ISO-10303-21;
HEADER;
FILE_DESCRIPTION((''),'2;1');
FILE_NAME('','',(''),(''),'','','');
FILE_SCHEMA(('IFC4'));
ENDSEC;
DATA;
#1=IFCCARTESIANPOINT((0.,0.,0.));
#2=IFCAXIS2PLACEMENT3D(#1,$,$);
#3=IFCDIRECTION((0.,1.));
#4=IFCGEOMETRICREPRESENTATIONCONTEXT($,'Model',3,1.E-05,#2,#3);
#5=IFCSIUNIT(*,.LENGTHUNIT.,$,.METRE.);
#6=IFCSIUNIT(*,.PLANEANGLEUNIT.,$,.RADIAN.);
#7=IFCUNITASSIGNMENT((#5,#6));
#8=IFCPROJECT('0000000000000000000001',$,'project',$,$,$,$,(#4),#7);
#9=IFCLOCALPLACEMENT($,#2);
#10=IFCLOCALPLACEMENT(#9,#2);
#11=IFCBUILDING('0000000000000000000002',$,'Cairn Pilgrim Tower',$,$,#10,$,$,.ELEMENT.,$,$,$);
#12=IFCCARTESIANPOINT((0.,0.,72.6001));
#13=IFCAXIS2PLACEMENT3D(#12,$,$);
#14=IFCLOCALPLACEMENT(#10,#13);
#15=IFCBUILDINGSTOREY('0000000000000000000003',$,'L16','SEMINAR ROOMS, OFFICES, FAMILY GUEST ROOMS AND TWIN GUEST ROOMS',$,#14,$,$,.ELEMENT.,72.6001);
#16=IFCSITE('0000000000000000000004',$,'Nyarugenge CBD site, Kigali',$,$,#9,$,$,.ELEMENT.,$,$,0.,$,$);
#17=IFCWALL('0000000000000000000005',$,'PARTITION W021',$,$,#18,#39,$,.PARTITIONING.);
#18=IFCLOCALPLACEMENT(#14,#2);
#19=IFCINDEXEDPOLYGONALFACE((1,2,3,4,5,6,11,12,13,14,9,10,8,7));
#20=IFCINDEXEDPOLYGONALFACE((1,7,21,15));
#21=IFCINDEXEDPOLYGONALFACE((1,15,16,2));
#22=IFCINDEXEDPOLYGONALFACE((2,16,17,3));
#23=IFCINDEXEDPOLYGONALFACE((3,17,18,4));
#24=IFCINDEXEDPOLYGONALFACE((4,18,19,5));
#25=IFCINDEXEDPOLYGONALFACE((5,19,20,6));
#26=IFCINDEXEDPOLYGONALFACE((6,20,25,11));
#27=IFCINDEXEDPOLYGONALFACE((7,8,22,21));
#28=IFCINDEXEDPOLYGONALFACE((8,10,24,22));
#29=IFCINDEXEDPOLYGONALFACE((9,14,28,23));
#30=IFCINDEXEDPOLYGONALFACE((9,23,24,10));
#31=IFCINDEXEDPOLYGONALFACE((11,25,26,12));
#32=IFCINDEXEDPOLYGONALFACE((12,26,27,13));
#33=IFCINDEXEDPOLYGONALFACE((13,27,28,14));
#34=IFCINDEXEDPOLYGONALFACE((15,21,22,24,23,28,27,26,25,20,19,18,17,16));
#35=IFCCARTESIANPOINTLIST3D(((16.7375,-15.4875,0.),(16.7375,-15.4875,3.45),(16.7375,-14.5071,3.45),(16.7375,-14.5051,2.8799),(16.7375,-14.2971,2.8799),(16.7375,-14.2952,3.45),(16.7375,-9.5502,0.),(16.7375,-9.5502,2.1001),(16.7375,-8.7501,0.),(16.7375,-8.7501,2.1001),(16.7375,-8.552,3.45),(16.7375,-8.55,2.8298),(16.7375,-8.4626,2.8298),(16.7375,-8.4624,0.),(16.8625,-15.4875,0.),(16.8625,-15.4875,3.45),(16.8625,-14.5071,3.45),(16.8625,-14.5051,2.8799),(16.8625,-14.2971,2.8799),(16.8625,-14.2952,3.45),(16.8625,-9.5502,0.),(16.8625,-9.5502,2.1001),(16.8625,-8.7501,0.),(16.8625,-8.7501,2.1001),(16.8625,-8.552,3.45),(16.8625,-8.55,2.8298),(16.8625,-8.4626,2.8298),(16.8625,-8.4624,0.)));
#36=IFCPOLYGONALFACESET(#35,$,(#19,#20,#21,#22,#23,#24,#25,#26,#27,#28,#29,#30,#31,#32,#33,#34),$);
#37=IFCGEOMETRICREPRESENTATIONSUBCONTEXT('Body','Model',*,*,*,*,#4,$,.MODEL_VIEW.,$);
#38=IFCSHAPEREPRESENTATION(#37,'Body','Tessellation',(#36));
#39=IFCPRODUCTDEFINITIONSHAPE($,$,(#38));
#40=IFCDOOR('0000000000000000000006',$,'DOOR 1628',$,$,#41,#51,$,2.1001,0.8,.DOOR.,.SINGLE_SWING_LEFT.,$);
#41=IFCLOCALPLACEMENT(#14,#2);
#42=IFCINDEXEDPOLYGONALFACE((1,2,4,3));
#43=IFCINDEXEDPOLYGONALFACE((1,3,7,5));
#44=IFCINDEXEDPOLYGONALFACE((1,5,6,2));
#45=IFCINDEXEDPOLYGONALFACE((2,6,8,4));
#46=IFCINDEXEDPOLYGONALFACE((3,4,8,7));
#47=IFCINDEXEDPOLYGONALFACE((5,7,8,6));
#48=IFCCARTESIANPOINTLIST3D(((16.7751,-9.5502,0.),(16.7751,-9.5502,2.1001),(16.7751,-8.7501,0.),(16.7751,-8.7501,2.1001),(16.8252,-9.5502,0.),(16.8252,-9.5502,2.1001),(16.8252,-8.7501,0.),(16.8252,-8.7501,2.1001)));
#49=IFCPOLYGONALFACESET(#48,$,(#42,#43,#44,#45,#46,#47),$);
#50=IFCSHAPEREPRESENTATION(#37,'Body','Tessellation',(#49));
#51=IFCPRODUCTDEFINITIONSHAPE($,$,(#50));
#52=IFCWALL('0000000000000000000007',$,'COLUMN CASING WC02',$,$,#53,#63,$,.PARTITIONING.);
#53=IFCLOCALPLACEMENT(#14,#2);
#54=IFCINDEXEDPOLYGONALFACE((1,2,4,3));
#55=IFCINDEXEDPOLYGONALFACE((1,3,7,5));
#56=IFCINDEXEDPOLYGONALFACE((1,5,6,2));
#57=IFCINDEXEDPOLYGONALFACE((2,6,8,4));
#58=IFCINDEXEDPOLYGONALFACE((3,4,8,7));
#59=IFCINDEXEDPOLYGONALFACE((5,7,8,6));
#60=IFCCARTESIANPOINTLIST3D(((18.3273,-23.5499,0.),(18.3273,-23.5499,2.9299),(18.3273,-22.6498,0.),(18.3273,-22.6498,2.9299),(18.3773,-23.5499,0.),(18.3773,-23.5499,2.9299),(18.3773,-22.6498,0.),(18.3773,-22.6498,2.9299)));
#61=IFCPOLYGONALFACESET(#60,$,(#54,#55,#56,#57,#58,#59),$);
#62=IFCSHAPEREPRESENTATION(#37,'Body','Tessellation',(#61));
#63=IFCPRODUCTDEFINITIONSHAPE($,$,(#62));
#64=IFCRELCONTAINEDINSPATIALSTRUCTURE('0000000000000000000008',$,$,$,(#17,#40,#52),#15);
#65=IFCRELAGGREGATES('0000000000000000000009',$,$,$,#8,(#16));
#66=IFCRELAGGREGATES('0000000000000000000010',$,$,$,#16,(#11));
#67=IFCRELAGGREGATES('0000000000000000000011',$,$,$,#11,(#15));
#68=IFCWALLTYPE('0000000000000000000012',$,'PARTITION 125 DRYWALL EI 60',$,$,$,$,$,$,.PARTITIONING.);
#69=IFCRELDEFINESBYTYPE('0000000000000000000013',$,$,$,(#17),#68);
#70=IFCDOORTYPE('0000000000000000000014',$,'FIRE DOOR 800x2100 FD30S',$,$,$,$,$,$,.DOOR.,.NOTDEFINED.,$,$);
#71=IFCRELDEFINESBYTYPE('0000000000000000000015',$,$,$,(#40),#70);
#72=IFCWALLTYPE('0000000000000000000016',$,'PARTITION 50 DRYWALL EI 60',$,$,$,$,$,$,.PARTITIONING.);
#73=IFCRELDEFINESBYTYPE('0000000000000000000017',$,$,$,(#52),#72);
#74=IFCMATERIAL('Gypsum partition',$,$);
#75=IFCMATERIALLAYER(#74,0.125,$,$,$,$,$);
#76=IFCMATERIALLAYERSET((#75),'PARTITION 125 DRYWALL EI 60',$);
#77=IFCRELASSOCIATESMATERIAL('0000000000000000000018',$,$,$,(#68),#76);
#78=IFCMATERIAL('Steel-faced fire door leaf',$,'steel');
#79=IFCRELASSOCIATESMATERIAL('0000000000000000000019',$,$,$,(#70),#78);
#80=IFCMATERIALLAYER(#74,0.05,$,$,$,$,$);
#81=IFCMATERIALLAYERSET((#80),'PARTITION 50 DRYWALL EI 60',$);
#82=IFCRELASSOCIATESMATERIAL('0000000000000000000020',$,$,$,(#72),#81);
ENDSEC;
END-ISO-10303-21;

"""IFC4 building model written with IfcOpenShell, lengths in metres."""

from ifc_helpers import new_model, si_unit, direction, frame, frame_2d, origin, place, context, subcontext, project, spatial, polyline, rectangle, outline, extrude, material, layer, layer_set, type_object, element, fill, save


model = new_model("IFC4")

# Units and contexts
model_context = context("Model", 3, precision=1e-05, world=origin(), true_north=direction((0.0, 1.0)))
body_context = subcontext(model_context, "Body", "Model", "MODEL_VIEW")
ifc_project = project(units=[si_unit("LENGTHUNIT", "METRE"), si_unit("PLANEANGLEUNIT", "RADIAN")], contexts=[model_context])

# Site, building, storey
site_placement = place(None, origin())
site = spatial("IfcSite", under=ifc_project, at=site_placement, Name="Nyarugenge CBD site, Kigali", CompositionType="ELEMENT", RefElevation=0.0)
building_placement = place(site_placement, origin())
building = spatial("IfcBuilding", under=site, at=building_placement, Name="Cairn Pilgrim Tower", CompositionType="ELEMENT")
storey_placement = place(building_placement, frame((0.0, 0.0, 72.6001)))
storey = spatial("IfcBuildingStorey", under=building, at=storey_placement, Name="L16", Description="SEMINAR ROOMS, OFFICES, FAMILY GUEST ROOMS AND TWIN GUEST ROOMS", CompositionType="ELEMENT", Elevation=72.6001)

# Shared definitions
ifc_material_1 = material(Name="Gypsum partition")
ifc_layer_1 = layer(ifc_material_1, 0.125)
ifc_layer_set_1 = layer_set([ifc_layer_1], Name="PARTITION 125 DRYWALL EI 60")
wall_type_1 = type_object("IfcWallType", Name="PARTITION 125 DRYWALL EI 60", PredefinedType="PARTITIONING", material=ifc_layer_set_1)

# Wall, opening, door
ifc_material_2 = material(Name="Steel-faced fire door leaf", Category="steel")
wall_1_placement = place(storey_placement, frame((16.8, -15.4875, 0.0), z_axis=(0.0, 0.0, 1.0), x_axis=(0.0, 1.0, 0.0)))
wall_1 = element("IfcWall", 1, at=wall_1_placement, inside=storey, type_object=wall_type_1, Name="PARTITION W021", PredefinedType="PARTITIONING", context=body_context, shape_type="SweptSolid", body=[
    extrude(outline(polyline([(0.0, 0.0), (7.0251, 0.0), (7.0249, 2.8298), (6.9375, 2.8298), (6.9355, 3.45), (1.1924, 3.45), (1.1904, 2.8799), (0.9824, 2.8799), (0.9805, 3.45), (0.0, 3.45), (0.0, 0.0)])), frame((0.0, 0.0625, 0.0), z_axis=(0.0, -1.0, 0.0), x_axis=(1.0, 0.0, 0.0)), (0.0, 0.0, 1.0), 0.125),
])
opening_1_placement = place(wall_1_placement, frame((5.9375, 0.0, 0.0)))
opening_1 = element("IfcOpeningElement", 2, at=opening_1_placement, cuts=wall_1, PredefinedType="OPENING", context=body_context, shape_type="SweptSolid", body=[
    extrude(rectangle(XDim=0.8, YDim=2.1001, at=frame_2d((0.3999, 1.05))), frame((0.0, 0.0725, 0.0), z_axis=(0.0, -1.0, 0.0), x_axis=(1.0, 0.0, 0.0)), (0.0, 0.0, 1.0), 0.145),
])
door_type_1 = type_object("IfcDoorType", Name="FIRE DOOR 800x2100 FD30S", OperationType="NOTDEFINED", PredefinedType="DOOR", material=ifc_material_2)
door_1_placement = place(opening_1_placement, origin())
door_1 = element("IfcDoor", 3, at=door_1_placement, inside=storey, type_object=door_type_1, Name="DOOR 1628", OperationType="SINGLE_SWING_LEFT", OverallHeight=2.1001, OverallWidth=0.8, PredefinedType="DOOR", context=body_context, shape_type="SweptSolid", body=[
    extrude(rectangle(XDim=0.8, YDim=2.1001, at=frame_2d((0.3999, 1.05))), frame((0.0, 0.0249, 0.0), z_axis=(0.0, -1.0, 0.0), x_axis=(1.0, 0.0, 0.0)), (0.0, 0.0, 1.0), 0.05),
])
fill(opening_1, door_1)

# Wall
ifc_layer_2 = layer(ifc_material_1, 0.05)
ifc_layer_set_2 = layer_set([ifc_layer_2], Name="PARTITION 50 DRYWALL EI 60")
wall_type_2 = type_object("IfcWallType", Name="PARTITION 50 DRYWALL EI 60", PredefinedType="PARTITIONING", material=ifc_layer_set_2)
wall_2_placement = place(storey_placement, frame((18.3523, -23.55, 0.0), z_axis=(0.0, 0.0, 1.0), x_axis=(0.0, 1.0, 0.0)))
element("IfcWall", 4, at=wall_2_placement, inside=storey, type_object=wall_type_2, Name="COLUMN CASING WC02", PredefinedType="PARTITIONING", context=body_context, shape_type="SweptSolid", body=[
    extrude(rectangle(XDim=0.9001, YDim=0.05, at=frame_2d((0.4502, 0.0))), origin(), (0.0, 0.0, 1.0), 2.9299),
])

save(model, "model.ifc")
